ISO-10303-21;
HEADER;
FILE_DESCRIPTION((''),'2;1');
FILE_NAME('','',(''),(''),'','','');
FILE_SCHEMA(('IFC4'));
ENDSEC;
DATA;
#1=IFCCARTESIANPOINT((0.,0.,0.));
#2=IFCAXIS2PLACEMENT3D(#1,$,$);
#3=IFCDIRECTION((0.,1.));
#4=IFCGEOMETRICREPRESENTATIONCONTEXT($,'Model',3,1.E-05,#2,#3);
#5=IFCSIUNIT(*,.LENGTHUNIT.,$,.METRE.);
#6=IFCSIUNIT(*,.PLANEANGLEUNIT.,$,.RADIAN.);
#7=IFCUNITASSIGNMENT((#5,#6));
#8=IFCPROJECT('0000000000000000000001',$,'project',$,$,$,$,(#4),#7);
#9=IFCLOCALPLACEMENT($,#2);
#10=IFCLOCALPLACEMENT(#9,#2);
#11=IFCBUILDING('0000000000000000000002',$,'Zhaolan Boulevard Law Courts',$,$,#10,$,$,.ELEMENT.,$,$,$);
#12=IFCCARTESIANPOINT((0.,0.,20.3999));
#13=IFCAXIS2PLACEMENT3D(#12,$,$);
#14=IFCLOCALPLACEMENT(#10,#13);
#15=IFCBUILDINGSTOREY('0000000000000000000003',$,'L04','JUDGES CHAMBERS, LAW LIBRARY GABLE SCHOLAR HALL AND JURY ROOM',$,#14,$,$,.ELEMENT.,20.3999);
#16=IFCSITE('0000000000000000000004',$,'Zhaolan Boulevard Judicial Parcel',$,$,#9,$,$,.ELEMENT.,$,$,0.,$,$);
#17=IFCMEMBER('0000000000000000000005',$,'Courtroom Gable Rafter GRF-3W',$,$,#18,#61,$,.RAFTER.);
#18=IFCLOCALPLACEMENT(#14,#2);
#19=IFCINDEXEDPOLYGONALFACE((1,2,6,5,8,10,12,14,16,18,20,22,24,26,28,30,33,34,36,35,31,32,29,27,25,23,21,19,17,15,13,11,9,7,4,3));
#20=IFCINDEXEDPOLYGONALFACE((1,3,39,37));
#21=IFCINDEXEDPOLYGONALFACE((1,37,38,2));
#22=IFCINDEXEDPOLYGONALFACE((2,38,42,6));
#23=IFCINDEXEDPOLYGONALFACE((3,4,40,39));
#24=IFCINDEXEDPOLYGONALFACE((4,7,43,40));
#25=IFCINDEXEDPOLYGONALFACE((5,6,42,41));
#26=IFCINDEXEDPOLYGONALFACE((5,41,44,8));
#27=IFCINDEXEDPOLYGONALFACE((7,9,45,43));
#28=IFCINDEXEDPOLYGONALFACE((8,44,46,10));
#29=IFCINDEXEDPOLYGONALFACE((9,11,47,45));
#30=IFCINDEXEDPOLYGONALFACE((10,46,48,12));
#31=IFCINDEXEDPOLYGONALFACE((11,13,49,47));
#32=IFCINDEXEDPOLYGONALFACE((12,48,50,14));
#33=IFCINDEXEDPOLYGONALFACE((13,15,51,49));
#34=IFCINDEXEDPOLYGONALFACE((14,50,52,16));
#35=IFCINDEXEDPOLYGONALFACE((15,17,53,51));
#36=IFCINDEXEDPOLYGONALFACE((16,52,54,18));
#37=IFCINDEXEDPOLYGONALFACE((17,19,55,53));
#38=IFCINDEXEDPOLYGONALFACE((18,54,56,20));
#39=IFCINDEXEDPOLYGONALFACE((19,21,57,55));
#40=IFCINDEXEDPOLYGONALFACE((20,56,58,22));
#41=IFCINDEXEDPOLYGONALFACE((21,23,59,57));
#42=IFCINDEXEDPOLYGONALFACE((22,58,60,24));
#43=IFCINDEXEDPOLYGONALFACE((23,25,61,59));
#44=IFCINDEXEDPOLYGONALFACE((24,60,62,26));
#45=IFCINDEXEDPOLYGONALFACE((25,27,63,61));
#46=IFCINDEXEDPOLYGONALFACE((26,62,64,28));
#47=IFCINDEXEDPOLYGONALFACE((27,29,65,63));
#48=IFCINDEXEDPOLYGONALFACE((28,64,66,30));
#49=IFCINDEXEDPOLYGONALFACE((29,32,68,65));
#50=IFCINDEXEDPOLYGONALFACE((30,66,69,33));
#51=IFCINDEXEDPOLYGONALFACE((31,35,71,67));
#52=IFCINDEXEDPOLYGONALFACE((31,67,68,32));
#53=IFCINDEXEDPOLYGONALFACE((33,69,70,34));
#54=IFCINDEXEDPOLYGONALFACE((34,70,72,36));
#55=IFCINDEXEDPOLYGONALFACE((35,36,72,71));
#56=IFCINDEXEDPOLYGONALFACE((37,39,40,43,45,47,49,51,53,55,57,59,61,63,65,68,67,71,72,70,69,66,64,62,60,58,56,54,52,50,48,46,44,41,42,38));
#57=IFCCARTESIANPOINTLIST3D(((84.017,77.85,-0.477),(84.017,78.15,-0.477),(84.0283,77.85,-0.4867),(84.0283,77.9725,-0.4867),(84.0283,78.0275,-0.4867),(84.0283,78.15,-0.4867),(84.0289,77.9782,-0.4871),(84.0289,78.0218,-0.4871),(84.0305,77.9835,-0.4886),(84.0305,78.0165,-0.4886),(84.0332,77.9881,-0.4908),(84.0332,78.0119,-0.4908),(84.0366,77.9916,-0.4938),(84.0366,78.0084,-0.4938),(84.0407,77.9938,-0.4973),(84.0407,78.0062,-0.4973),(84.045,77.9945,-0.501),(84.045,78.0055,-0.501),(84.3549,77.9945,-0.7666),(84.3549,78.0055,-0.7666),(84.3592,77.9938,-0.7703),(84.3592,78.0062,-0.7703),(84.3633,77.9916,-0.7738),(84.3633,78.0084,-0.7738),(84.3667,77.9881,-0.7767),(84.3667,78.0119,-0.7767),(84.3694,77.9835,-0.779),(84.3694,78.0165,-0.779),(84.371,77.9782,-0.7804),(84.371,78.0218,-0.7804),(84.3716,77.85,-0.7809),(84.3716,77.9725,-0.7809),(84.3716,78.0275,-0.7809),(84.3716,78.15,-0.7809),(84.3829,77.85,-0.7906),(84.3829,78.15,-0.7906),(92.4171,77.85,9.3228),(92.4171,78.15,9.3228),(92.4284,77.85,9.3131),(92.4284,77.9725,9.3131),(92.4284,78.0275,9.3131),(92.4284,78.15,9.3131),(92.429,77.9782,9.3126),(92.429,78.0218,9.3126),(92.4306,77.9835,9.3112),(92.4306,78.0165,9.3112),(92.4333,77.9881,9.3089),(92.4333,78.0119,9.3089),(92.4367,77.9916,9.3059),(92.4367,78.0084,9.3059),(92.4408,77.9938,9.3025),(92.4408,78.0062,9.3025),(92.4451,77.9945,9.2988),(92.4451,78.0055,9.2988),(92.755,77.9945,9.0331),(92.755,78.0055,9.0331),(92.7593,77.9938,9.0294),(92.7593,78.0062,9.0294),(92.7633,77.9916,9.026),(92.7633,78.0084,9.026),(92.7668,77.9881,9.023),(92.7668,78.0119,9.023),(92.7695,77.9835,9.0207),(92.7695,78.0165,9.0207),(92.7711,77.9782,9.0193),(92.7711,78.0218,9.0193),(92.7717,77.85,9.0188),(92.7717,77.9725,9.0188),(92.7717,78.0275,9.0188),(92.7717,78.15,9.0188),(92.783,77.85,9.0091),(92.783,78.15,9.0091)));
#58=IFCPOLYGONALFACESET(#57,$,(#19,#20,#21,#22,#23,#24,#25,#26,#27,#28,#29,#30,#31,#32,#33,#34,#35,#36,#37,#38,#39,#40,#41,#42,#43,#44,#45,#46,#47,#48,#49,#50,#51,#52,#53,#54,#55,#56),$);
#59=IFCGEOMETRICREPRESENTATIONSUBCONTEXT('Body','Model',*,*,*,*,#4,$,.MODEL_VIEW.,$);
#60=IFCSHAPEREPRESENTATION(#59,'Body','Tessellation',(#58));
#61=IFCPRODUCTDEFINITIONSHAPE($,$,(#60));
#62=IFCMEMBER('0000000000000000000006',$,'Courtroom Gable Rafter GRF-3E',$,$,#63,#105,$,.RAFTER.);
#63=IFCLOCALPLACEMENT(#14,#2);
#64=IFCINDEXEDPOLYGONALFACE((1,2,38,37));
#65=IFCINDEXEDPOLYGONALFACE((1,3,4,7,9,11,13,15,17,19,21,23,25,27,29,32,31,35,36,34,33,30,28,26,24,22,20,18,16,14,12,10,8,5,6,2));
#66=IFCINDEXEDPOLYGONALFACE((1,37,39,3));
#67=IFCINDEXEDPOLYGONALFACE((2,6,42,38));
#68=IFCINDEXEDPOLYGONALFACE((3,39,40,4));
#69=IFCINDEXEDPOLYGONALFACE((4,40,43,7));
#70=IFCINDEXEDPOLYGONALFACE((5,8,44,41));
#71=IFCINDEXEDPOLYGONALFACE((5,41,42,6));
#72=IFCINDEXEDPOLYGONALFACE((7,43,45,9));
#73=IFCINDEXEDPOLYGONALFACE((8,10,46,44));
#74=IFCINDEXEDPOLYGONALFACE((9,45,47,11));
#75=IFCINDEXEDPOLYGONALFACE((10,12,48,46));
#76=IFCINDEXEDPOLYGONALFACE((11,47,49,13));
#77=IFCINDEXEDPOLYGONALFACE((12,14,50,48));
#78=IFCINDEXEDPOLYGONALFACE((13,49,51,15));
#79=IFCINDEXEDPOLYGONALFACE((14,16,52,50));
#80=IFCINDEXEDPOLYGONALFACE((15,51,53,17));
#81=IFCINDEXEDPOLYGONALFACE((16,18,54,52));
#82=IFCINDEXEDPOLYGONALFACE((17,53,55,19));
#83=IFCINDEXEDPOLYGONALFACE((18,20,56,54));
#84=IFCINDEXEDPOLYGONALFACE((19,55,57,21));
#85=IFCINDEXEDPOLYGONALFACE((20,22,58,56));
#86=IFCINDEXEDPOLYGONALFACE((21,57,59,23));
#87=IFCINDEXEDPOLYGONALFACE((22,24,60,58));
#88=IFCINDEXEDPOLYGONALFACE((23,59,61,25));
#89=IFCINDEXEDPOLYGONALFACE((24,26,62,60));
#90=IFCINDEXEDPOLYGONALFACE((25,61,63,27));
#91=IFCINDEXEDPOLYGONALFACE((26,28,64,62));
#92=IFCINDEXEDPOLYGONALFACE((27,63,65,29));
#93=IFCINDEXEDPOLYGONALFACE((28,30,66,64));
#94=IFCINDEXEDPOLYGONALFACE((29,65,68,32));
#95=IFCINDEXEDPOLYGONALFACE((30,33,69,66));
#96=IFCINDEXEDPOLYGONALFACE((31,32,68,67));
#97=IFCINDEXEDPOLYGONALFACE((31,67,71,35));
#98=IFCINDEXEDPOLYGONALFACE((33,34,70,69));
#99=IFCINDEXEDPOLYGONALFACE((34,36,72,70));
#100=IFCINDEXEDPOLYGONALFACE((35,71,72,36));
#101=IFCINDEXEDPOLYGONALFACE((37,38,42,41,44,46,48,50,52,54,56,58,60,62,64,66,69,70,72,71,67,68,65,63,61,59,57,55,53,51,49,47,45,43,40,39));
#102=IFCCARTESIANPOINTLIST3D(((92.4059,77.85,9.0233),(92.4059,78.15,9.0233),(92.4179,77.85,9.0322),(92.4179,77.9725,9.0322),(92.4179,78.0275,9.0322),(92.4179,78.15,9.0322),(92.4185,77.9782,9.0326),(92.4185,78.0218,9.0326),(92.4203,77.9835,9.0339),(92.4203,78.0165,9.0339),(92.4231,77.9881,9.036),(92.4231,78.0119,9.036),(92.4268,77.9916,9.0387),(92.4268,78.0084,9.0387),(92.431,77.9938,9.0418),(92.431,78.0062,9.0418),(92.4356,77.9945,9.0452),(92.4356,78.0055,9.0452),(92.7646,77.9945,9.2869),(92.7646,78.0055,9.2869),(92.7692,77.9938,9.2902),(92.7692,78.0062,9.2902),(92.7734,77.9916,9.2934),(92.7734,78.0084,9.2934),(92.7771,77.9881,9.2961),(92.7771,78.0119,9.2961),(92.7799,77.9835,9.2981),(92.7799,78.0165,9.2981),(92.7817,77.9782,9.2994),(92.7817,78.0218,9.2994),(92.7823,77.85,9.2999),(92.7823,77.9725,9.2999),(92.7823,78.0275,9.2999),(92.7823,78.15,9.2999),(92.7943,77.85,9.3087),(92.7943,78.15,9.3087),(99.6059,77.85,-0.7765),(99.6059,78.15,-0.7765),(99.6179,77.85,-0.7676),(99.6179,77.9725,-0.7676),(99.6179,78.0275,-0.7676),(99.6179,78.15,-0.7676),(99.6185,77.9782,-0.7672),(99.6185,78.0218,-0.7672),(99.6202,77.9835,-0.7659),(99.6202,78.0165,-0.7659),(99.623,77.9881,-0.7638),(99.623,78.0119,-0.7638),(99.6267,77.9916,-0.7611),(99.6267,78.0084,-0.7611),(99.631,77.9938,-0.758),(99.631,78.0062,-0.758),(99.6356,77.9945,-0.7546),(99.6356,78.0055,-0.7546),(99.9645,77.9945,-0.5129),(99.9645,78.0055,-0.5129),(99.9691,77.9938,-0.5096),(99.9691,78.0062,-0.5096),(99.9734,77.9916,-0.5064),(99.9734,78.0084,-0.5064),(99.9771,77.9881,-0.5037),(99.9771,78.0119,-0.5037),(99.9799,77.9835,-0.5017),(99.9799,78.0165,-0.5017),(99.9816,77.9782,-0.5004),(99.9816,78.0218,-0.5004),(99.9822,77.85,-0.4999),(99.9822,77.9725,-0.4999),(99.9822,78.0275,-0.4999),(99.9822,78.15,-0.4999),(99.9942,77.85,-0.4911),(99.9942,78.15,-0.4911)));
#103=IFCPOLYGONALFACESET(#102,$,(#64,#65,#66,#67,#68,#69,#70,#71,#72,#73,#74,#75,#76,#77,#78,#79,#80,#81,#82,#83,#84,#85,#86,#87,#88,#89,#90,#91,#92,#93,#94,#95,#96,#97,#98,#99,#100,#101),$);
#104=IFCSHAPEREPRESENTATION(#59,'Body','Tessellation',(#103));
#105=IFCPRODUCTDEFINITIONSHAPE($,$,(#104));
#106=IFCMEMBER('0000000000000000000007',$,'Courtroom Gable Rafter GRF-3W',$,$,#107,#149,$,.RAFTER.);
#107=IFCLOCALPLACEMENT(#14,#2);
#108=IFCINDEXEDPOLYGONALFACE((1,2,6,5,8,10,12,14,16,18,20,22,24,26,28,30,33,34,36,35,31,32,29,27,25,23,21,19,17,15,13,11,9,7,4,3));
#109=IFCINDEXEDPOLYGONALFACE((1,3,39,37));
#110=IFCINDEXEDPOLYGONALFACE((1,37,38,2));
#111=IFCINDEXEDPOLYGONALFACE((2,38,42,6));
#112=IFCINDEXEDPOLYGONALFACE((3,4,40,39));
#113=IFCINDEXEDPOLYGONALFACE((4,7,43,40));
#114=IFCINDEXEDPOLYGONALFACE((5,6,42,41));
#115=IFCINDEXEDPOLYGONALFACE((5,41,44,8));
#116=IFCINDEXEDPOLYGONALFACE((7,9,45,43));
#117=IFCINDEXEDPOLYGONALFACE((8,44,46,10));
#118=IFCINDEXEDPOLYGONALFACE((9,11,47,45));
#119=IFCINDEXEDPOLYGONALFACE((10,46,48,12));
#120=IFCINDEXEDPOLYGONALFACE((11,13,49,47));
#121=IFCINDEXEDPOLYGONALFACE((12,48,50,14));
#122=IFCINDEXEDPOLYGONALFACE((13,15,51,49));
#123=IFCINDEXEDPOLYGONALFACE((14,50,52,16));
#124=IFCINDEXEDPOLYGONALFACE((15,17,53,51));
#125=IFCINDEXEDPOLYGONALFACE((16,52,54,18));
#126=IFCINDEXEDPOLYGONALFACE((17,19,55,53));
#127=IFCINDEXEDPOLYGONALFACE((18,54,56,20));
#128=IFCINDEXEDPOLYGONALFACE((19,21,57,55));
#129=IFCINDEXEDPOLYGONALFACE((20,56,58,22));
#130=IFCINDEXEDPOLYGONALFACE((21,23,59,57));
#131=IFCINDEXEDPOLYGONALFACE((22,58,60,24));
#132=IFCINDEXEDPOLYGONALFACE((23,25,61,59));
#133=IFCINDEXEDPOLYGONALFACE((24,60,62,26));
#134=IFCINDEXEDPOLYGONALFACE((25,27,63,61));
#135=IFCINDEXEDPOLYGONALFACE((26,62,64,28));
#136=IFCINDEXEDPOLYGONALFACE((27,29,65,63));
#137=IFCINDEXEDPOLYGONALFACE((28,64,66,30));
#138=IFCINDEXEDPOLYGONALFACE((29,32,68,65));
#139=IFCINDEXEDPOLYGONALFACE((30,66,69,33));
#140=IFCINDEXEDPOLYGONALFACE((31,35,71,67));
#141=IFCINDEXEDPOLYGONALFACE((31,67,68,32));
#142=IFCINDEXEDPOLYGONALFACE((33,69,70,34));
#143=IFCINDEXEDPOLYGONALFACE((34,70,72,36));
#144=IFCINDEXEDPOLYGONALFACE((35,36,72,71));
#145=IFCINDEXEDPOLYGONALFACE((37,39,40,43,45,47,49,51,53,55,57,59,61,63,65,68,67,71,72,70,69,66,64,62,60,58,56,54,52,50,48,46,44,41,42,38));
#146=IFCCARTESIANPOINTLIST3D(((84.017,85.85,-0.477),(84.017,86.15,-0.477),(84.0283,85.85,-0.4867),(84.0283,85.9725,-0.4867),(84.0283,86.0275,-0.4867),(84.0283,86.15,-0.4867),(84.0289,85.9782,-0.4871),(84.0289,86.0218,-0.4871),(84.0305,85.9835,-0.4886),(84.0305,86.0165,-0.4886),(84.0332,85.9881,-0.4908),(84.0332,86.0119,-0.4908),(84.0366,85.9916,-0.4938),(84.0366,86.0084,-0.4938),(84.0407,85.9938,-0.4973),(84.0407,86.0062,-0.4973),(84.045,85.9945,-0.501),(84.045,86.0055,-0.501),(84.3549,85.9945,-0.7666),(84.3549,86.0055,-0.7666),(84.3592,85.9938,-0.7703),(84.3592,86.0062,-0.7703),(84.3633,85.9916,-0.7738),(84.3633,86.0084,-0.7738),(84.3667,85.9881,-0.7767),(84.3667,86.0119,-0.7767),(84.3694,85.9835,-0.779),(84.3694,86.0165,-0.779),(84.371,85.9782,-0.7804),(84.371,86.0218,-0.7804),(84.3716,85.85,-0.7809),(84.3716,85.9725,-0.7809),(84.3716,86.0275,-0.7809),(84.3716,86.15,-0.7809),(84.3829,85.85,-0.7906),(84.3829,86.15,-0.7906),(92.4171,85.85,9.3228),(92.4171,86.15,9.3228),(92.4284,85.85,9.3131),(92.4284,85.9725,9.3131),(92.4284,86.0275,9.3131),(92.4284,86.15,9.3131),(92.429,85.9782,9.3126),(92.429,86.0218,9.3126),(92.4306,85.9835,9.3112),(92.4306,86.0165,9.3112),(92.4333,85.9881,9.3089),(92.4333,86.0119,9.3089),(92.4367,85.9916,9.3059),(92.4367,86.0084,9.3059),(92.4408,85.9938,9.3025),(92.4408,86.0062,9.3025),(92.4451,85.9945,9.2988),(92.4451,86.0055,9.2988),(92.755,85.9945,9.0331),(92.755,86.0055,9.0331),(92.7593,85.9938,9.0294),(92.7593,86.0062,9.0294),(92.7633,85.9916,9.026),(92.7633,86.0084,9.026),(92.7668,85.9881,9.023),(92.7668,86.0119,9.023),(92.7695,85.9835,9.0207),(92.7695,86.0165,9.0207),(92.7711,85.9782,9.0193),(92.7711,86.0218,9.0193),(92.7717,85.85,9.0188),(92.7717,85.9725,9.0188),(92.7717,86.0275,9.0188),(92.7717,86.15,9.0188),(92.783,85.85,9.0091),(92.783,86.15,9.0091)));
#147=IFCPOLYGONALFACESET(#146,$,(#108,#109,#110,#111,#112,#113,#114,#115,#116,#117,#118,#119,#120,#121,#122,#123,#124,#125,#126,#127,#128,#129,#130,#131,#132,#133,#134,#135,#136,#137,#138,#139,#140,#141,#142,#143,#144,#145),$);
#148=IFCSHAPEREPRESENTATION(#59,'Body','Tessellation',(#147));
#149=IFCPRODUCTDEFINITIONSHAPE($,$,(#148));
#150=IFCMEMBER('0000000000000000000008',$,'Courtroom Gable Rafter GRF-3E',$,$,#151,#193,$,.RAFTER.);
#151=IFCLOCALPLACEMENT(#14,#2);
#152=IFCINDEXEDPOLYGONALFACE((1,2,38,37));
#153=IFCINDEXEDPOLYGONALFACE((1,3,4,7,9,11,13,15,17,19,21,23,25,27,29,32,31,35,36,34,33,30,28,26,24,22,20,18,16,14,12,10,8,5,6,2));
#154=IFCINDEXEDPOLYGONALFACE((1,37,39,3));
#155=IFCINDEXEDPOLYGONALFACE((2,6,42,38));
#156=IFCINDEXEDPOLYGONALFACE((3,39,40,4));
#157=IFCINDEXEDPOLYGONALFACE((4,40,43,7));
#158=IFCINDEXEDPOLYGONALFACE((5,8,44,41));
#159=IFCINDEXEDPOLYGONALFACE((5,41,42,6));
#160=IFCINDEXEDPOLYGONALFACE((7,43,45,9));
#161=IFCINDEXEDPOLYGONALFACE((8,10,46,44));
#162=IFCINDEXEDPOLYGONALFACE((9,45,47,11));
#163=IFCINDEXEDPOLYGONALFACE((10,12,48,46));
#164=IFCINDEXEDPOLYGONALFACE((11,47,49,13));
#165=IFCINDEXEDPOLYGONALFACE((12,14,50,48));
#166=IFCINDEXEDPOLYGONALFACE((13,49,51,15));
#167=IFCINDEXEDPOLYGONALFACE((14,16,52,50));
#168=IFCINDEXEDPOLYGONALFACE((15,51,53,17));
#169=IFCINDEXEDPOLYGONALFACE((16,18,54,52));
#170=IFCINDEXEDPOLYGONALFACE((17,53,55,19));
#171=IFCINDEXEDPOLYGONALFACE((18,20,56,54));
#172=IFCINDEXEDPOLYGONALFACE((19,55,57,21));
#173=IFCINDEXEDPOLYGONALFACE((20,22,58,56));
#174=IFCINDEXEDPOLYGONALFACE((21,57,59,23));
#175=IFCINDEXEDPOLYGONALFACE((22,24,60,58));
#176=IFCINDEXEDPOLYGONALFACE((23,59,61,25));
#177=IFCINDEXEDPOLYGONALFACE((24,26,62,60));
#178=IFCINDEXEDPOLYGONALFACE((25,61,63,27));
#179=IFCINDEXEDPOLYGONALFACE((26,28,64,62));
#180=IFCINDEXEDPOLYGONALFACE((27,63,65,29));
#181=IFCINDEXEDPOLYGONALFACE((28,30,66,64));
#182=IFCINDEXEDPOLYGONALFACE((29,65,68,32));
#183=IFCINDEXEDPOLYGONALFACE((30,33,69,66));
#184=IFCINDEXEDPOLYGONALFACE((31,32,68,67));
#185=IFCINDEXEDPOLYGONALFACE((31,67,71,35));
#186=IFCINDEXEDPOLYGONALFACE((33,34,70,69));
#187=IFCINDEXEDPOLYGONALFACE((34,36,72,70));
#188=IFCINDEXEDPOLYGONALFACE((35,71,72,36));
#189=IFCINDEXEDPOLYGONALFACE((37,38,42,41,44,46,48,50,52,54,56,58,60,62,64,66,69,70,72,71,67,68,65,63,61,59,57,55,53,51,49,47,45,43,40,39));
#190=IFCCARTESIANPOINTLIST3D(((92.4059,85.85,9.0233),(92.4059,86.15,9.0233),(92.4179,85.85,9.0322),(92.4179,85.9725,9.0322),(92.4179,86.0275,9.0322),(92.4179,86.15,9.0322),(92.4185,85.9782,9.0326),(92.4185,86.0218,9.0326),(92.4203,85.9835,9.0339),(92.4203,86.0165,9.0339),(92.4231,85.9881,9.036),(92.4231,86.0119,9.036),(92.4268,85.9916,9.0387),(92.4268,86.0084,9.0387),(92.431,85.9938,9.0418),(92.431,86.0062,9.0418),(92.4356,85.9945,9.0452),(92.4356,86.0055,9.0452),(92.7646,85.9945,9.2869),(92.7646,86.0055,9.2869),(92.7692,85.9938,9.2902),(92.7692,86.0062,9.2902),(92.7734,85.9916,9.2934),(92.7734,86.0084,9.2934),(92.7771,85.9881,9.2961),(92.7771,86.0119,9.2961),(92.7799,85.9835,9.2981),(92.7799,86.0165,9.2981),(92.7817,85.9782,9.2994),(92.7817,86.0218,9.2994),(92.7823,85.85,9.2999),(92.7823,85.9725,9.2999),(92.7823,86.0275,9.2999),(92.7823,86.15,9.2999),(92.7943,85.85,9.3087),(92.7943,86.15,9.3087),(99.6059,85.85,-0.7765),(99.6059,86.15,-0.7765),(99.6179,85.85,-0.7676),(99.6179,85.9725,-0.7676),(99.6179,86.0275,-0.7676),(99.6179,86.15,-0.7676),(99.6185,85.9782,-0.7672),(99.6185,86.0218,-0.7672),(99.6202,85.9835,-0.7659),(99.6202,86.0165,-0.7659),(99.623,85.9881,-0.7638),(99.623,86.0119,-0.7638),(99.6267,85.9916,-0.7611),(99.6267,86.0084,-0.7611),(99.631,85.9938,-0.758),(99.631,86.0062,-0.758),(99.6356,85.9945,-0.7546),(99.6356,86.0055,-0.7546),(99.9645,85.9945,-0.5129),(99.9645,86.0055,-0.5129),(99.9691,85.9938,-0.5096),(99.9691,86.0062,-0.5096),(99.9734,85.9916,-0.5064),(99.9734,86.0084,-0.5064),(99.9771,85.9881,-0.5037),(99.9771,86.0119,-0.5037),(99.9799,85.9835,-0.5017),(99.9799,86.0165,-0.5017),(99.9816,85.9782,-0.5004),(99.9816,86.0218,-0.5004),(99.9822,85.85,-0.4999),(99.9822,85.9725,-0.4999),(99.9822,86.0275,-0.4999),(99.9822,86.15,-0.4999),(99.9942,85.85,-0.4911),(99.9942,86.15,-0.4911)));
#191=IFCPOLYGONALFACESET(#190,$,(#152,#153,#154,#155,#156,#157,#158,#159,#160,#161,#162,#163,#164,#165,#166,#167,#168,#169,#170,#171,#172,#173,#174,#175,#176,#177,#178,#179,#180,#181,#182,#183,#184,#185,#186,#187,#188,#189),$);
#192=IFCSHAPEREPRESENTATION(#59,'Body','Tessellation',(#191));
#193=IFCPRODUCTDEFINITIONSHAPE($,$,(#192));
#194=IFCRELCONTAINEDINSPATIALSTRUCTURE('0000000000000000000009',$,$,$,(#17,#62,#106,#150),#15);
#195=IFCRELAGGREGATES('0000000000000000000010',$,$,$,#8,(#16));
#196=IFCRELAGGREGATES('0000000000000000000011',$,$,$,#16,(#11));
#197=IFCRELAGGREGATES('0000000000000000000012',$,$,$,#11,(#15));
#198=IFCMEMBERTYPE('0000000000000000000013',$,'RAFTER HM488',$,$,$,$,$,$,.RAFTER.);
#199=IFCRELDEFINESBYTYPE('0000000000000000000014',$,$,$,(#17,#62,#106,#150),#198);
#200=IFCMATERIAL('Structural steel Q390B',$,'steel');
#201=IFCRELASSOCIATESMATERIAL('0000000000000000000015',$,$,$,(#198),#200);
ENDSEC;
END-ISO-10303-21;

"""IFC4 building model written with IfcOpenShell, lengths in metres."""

from ifc_helpers import new_model, si_unit, direction, frame, origin, origin_2d, place, context, subcontext, project, spatial, i_section, extrude, material, material_profile, profile_set, type_object, element, save


model = new_model("IFC4")

# Units and contexts
model_context = context("Model", 3, precision=1e-05, world=origin(), true_north=direction((0.0, 1.0)))
body_context = subcontext(model_context, "Body", "Model", "MODEL_VIEW")
ifc_project = project(units=[si_unit("LENGTHUNIT", "METRE"), si_unit("PLANEANGLEUNIT", "RADIAN")], contexts=[model_context])

# Site, building, storey
site_placement = place(None, origin())
site = spatial("IfcSite", under=ifc_project, at=site_placement, Name="Zhaolan Boulevard Judicial Parcel", CompositionType="ELEMENT", RefElevation=0.0)
building_placement = place(site_placement, origin())
building = spatial("IfcBuilding", under=site, at=building_placement, Name="Zhaolan Boulevard Law Courts", CompositionType="ELEMENT")
storey_placement = place(building_placement, frame((0.0, 0.0, 20.3999)))
storey = spatial("IfcBuildingStorey", under=building, at=storey_placement, Name="L04", Description="JUDGES CHAMBERS, LAW LIBRARY GABLE SCHOLAR HALL AND JURY ROOM", CompositionType="ELEMENT", Elevation=20.3999)

# Members
ifc_material_1 = material(Name="Structural steel Q390B", Category="steel")
ifc_material_profile = material_profile(ifc_material_1, i_section(OverallWidth=0.3, OverallDepth=0.4819, WebThickness=0.011, FlangeThickness=0.0149, FilletRadius=0.022, at=origin_2d()), Name="HM482x300")
ifc_profile_set = profile_set([ifc_material_profile], Name="Structural steel Q390B")
member_type = type_object("IfcMemberType", Name="RAFTER HM488", PredefinedType="RAFTER", material=ifc_profile_set)
member_1_placement = place(storey_placement, frame((84.2, 78.0, -0.6338), z_axis=(0.650805, 0.0, 0.759245), x_axis=(0.0, 1.0, 0.0)))
element("IfcMember", 1, at=member_1_placement, inside=storey, type_object=member_type, Name="Courtroom Gable Rafter GRF-3W", PredefinedType="RAFTER", context=body_context, shape_type="SweptSolid", body=[
    extrude(i_section(OverallWidth=0.3, OverallDepth=0.4819, WebThickness=0.011, FlangeThickness=0.0149, FilletRadius=0.022, at=origin_2d()), origin(), (0.0, 0.0, 1.0), 12.9072),
])
member_2_placement = place(storey_placement, frame((99.8, 78.0, -0.6338), z_axis=(-0.592081, 0.0, 0.805878), x_axis=(0.0, -1.0, 0.0)))
element("IfcMember", 2, at=member_2_placement, inside=storey, type_object=member_type, Name="Courtroom Gable Rafter GRF-3E", PredefinedType="RAFTER", context=body_context, shape_type="SweptSolid", body=[
    extrude(i_section(OverallWidth=0.3, OverallDepth=0.4819, WebThickness=0.011, FlangeThickness=0.0149, FilletRadius=0.022, at=origin_2d()), origin(), (0.0, 0.0, 1.0), 12.1604),
])
member_3_placement = place(storey_placement, frame((84.2, 86.0, -0.6338), z_axis=(0.650805, 0.0, 0.759245), x_axis=(0.0, 1.0, 0.0)))
element("IfcMember", 3, at=member_3_placement, inside=storey, type_object=member_type, Name="Courtroom Gable Rafter GRF-3W", PredefinedType="RAFTER", context=body_context, shape_type="SweptSolid", body=[
    extrude(i_section(OverallWidth=0.3, OverallDepth=0.4819, WebThickness=0.011, FlangeThickness=0.0149, FilletRadius=0.022, at=origin_2d()), origin(), (0.0, 0.0, 1.0), 12.9072),
])
member_4_placement = place(storey_placement, frame((99.8, 86.0, -0.6338), z_axis=(-0.592081, 0.0, 0.805878), x_axis=(0.0, -1.0, 0.0)))
element("IfcMember", 4, at=member_4_placement, inside=storey, type_object=member_type, Name="Courtroom Gable Rafter GRF-3E", PredefinedType="RAFTER", context=body_context, shape_type="SweptSolid", body=[
    extrude(i_section(OverallWidth=0.3, OverallDepth=0.4819, WebThickness=0.011, FlangeThickness=0.0149, FilletRadius=0.022, at=origin_2d()), origin(), (0.0, 0.0, 1.0), 12.1604),
])

save(model, "model.ifc")
